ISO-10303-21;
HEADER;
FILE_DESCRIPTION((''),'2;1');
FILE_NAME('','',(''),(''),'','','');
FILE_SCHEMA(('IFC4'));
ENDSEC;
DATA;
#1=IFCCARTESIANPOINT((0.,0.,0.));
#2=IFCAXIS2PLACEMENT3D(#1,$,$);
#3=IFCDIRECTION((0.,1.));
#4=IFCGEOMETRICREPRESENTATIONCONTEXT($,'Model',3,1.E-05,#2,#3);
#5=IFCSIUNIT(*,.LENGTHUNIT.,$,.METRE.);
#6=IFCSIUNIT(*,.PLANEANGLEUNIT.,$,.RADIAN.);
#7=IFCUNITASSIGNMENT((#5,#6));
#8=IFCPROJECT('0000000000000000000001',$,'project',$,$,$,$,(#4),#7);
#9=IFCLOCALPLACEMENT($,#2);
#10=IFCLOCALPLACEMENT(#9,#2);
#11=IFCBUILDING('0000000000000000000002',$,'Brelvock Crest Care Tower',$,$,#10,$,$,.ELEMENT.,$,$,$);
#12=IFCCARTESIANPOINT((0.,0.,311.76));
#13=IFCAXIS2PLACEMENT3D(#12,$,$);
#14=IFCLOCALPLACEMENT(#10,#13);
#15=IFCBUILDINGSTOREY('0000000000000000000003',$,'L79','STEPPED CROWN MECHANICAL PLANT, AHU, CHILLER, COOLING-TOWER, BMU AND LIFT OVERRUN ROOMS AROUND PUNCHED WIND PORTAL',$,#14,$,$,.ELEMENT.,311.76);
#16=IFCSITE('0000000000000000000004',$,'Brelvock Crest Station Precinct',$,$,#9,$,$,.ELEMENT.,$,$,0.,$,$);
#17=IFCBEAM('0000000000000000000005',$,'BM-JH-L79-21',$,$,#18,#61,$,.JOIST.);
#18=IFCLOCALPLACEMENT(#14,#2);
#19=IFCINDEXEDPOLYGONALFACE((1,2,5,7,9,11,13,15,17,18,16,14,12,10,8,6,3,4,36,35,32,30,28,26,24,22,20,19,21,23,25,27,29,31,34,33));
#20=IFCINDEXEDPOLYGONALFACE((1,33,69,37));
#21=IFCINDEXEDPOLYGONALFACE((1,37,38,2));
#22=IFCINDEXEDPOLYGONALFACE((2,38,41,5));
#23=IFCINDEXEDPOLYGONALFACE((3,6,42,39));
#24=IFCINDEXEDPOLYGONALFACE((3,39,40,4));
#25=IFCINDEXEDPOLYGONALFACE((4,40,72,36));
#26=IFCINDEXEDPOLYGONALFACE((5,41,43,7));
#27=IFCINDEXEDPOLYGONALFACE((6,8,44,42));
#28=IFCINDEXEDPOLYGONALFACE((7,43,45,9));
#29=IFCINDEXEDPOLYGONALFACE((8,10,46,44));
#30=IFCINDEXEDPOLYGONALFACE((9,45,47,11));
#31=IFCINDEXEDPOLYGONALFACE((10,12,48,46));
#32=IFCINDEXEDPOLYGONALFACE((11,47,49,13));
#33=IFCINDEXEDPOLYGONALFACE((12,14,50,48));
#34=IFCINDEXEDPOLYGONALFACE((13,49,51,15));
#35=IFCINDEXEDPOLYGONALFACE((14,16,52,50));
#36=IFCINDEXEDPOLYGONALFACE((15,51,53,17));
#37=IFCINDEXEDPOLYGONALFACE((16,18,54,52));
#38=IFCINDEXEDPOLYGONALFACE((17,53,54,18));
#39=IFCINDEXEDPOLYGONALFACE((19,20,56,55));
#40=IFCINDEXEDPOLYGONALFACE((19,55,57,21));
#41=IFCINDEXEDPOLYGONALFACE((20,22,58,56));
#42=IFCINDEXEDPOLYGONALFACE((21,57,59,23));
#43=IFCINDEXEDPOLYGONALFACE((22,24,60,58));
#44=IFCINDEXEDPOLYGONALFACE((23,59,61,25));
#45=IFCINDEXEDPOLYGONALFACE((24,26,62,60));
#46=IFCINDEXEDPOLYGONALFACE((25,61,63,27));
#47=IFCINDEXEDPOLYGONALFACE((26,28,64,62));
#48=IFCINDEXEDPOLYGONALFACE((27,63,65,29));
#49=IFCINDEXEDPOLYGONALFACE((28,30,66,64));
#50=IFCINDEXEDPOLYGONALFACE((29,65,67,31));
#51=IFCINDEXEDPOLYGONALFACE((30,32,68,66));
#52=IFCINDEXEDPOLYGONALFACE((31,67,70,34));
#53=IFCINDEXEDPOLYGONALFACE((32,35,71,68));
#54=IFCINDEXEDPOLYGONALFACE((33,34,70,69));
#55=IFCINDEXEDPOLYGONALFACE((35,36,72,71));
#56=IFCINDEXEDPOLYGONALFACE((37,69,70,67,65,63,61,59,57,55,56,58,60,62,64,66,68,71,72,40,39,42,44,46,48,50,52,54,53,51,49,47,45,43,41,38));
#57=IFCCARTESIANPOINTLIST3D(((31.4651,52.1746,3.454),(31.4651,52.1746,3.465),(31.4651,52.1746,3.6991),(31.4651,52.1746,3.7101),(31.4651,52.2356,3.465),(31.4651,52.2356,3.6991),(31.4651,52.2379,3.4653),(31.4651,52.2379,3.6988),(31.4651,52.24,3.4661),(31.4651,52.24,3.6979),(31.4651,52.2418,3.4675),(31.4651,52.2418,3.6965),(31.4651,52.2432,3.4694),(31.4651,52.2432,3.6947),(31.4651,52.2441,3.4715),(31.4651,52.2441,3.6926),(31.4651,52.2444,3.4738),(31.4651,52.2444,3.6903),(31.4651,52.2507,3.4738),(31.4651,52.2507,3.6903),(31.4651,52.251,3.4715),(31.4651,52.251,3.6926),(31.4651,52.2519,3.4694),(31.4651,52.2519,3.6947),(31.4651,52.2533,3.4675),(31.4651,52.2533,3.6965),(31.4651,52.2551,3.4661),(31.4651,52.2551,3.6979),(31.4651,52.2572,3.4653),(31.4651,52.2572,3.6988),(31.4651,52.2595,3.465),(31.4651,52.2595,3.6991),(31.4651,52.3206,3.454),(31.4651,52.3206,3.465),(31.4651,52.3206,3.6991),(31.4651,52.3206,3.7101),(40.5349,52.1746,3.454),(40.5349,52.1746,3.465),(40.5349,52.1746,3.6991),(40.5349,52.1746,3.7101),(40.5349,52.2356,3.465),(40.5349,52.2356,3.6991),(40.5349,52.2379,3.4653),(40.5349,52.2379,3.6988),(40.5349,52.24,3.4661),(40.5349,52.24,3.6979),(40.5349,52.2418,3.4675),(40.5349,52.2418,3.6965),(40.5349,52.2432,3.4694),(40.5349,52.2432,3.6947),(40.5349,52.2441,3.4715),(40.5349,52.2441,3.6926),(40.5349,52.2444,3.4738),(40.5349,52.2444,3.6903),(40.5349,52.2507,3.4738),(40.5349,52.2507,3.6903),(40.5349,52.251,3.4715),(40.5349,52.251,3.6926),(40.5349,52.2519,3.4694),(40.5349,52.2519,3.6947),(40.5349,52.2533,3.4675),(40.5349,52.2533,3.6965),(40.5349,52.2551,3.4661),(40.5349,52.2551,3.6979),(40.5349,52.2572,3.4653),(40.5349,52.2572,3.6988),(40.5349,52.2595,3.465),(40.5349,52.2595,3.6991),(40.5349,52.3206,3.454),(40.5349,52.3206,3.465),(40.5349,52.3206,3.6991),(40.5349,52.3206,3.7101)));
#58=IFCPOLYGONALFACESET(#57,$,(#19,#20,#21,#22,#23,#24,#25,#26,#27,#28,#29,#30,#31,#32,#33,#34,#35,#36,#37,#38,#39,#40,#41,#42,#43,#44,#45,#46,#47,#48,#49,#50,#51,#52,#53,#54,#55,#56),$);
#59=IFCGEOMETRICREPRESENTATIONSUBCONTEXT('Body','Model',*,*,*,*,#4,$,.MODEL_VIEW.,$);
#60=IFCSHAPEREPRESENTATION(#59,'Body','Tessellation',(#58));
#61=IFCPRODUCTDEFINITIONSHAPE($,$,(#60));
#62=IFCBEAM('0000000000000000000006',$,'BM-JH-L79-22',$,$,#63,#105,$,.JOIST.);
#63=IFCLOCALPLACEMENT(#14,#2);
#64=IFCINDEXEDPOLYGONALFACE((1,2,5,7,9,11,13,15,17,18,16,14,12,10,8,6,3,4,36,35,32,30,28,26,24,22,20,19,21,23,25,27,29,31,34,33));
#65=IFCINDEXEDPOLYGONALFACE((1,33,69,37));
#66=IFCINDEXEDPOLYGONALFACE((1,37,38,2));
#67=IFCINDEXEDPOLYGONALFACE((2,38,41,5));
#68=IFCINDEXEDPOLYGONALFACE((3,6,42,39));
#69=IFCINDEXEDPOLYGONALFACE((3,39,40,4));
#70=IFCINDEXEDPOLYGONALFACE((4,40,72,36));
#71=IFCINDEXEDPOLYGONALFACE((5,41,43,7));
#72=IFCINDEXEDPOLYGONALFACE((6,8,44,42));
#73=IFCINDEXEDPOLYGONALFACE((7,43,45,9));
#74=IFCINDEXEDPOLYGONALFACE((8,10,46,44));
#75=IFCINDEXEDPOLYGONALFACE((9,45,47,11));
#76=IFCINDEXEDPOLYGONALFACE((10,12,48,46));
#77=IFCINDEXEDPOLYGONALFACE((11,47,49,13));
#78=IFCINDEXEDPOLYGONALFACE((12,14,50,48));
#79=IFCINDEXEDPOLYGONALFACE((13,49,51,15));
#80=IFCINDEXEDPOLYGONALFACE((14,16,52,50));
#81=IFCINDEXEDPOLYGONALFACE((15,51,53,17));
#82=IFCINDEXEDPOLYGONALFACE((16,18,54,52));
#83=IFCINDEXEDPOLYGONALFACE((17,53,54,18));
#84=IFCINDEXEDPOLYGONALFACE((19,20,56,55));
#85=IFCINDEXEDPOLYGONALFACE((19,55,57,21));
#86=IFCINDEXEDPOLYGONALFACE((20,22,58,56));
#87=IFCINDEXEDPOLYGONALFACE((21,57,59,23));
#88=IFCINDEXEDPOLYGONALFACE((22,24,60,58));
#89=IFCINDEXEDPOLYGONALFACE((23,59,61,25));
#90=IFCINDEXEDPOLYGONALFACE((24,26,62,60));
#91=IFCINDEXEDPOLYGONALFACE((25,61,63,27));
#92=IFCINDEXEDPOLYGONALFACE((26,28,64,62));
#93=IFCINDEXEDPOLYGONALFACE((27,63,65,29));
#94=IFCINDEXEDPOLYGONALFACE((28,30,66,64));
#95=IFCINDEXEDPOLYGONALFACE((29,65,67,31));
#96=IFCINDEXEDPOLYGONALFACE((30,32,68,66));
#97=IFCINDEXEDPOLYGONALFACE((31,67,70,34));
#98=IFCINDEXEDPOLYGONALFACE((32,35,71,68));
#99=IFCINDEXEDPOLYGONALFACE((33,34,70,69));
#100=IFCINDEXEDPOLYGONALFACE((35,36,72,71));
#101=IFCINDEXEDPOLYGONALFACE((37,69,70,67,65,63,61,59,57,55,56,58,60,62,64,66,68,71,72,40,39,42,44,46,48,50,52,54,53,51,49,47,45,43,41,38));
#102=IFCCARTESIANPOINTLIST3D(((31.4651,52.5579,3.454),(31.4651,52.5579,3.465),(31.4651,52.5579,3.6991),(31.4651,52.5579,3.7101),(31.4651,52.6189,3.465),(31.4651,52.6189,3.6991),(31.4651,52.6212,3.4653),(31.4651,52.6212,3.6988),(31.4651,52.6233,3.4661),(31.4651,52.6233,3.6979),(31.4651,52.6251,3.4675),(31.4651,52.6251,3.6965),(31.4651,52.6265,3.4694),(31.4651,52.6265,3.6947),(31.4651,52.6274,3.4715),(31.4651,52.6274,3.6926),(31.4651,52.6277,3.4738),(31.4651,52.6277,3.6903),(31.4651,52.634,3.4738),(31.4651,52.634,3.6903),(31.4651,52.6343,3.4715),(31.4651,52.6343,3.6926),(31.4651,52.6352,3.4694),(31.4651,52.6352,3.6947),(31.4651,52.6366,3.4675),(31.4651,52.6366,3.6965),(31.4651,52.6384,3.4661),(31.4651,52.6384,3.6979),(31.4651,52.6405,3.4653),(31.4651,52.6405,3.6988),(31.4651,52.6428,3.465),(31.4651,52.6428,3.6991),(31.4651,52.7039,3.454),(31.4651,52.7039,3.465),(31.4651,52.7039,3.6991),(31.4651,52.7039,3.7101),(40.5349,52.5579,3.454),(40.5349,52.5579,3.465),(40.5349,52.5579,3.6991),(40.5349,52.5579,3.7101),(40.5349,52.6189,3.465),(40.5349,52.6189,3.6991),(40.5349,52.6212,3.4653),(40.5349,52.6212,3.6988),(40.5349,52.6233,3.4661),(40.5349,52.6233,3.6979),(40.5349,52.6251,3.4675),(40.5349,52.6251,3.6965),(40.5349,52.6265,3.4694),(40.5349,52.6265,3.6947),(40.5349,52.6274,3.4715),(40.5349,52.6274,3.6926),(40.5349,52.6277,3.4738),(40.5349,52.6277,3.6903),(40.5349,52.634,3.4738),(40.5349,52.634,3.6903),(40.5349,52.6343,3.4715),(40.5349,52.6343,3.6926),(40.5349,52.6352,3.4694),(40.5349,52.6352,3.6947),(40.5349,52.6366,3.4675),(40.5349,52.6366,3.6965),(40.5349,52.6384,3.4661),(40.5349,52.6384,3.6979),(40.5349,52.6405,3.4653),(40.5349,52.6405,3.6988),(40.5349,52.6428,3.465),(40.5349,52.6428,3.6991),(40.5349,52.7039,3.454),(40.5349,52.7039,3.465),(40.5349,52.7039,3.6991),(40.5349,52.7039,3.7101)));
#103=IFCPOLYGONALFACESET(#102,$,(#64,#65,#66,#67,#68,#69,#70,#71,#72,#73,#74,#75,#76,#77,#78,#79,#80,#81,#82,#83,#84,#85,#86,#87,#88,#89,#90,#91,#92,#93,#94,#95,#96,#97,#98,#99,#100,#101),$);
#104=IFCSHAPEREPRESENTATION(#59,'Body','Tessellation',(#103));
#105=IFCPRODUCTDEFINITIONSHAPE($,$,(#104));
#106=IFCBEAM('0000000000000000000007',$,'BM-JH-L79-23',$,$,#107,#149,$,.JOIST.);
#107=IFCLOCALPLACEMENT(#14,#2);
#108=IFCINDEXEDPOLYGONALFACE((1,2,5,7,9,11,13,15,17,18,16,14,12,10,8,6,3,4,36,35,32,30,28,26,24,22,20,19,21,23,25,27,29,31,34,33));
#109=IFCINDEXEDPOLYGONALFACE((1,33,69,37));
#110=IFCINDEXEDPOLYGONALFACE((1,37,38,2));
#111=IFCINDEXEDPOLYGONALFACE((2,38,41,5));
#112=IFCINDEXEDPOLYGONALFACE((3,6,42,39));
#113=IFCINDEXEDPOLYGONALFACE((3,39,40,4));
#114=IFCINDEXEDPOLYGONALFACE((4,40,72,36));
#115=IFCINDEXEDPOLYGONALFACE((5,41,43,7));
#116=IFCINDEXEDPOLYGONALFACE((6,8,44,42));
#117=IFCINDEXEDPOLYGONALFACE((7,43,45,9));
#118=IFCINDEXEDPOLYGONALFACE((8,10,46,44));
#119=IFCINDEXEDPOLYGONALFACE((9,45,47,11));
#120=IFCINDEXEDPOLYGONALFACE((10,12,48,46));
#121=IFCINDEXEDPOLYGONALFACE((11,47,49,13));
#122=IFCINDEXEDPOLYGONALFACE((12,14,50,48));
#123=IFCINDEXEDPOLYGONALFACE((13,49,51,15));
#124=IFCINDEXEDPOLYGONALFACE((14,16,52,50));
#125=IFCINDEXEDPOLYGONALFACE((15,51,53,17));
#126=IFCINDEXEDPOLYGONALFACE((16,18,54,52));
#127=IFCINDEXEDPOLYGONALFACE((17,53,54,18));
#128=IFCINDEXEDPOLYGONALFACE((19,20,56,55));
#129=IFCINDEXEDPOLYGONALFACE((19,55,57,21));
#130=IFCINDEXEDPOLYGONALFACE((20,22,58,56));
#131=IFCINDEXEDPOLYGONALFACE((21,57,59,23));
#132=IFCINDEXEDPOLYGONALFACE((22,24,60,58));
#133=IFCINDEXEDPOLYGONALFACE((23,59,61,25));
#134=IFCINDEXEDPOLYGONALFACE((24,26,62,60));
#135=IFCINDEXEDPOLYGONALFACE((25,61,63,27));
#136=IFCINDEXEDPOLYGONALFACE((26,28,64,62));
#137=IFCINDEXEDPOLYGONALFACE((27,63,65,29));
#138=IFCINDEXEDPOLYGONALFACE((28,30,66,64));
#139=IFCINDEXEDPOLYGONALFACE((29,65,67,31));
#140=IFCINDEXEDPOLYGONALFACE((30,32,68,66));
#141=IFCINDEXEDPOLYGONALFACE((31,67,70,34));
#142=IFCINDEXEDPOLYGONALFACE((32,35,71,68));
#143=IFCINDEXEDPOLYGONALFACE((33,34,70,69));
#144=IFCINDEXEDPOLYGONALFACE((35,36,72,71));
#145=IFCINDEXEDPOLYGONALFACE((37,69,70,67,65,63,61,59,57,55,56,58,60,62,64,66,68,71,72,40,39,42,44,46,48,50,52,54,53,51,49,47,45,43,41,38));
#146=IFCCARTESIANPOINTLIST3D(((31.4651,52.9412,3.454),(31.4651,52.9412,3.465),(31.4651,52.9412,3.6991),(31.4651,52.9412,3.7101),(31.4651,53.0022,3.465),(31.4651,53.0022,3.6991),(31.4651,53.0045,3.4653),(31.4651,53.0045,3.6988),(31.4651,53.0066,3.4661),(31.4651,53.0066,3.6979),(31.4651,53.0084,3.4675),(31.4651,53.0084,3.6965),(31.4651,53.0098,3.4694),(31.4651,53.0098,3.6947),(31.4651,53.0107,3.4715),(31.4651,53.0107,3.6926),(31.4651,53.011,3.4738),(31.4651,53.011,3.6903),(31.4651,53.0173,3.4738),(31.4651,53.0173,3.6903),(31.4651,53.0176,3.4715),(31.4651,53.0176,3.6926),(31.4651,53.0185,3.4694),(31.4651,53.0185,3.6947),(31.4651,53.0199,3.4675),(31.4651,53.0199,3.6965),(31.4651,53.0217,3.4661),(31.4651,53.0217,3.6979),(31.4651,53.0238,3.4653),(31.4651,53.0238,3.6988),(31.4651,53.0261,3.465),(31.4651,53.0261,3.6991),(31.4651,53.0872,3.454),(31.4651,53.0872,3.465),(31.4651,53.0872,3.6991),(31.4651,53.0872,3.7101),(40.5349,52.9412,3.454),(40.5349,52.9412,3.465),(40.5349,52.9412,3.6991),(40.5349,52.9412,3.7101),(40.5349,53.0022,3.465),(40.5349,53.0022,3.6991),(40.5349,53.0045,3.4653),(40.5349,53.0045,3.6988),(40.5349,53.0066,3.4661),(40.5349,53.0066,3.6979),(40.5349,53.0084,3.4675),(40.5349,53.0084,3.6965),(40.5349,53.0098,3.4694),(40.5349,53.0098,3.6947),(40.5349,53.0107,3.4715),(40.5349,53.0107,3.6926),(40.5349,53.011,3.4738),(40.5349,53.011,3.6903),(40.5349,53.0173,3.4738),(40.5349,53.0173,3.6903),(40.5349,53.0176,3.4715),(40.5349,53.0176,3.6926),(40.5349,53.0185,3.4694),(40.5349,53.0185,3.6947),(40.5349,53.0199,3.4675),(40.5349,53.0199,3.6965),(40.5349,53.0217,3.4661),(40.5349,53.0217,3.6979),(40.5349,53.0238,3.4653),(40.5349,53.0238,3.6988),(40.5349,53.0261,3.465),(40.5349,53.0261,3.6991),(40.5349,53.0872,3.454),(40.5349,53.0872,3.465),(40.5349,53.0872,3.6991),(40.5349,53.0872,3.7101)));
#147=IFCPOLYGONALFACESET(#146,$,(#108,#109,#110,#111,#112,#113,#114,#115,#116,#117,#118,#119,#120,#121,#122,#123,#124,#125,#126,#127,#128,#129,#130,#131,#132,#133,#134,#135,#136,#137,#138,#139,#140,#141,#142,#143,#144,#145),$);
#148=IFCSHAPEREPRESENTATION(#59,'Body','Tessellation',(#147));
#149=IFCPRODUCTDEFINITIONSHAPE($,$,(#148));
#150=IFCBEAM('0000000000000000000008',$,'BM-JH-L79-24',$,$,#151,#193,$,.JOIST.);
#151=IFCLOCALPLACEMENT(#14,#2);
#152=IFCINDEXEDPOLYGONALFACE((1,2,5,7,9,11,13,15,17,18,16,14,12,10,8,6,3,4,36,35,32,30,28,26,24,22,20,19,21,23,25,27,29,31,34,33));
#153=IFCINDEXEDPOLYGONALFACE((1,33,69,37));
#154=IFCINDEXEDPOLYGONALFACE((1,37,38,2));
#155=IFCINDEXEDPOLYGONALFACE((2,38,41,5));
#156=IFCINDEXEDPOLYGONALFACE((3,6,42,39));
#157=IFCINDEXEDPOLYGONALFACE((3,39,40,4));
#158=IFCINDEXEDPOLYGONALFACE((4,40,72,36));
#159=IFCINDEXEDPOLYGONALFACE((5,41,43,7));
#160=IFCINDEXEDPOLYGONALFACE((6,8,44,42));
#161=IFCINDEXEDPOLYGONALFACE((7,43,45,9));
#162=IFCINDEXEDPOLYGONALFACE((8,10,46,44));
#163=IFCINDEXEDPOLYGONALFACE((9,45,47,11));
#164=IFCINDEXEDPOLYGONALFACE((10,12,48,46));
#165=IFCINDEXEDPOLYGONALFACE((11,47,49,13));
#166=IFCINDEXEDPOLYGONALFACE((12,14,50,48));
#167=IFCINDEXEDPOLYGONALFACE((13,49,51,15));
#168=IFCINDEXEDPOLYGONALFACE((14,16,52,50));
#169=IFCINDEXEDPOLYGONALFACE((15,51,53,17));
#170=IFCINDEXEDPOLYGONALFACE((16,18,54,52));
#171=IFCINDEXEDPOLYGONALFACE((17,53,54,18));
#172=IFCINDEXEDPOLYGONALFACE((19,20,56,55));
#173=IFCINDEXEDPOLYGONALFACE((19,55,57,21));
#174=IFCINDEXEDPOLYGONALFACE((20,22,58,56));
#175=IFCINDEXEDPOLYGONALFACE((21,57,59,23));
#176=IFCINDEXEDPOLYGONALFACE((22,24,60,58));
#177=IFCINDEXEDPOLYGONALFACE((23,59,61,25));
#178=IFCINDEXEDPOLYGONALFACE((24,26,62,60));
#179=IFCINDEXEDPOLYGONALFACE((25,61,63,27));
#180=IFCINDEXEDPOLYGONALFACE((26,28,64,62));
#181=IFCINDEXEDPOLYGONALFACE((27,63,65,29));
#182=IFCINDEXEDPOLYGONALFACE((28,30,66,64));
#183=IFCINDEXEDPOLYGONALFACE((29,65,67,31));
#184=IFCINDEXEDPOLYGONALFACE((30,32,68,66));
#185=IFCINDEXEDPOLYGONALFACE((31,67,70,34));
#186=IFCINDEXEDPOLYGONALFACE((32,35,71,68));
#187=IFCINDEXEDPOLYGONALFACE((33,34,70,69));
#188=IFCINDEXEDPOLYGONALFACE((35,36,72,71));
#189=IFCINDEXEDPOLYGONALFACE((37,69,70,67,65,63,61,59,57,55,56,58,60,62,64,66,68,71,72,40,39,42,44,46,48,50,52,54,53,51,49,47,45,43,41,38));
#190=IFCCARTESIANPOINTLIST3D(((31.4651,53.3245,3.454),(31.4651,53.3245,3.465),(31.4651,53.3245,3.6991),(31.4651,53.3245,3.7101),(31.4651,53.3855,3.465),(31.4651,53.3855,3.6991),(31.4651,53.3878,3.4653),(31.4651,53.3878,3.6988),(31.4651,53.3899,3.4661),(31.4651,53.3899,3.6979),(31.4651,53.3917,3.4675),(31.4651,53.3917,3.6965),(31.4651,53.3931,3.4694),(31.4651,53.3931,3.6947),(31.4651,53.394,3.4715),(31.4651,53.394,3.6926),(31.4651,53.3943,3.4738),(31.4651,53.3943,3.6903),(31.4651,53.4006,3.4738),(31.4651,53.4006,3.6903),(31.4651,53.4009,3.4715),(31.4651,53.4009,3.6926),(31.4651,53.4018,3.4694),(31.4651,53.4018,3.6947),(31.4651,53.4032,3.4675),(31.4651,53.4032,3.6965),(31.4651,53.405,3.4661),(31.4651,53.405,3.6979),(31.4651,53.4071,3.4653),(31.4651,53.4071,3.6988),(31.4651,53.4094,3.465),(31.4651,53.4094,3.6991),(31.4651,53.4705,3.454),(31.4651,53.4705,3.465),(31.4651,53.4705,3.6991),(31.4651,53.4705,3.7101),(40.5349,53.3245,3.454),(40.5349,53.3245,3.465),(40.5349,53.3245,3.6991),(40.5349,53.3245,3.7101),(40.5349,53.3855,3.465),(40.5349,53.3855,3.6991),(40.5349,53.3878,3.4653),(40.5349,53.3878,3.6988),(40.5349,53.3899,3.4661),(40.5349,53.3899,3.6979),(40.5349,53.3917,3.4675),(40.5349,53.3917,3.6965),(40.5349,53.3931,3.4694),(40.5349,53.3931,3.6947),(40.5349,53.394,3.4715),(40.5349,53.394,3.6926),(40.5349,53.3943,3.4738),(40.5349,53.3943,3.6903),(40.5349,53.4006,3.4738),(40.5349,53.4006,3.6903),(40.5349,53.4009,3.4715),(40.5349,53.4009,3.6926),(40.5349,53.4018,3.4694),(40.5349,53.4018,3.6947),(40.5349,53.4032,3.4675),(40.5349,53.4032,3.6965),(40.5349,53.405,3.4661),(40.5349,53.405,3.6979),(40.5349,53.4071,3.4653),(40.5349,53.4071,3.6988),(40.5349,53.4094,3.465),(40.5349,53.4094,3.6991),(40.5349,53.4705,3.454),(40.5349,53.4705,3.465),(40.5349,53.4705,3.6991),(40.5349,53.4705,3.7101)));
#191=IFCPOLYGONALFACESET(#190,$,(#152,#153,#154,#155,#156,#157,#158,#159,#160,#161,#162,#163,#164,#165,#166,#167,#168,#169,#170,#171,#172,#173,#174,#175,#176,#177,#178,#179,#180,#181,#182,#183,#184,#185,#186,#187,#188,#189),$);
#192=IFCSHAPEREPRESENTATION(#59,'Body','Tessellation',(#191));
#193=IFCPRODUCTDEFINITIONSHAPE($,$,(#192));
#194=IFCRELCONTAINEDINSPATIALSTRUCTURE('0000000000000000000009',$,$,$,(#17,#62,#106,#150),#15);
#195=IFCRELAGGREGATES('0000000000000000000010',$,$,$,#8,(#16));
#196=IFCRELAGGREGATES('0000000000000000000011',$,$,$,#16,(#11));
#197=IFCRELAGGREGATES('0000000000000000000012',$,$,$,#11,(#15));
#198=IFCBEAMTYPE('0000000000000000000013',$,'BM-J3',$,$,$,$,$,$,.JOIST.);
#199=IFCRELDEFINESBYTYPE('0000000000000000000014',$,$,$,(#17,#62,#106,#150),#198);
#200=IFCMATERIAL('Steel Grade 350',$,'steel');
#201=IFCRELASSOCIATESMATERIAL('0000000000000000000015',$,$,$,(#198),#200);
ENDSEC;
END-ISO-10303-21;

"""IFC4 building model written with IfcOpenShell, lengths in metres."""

from ifc_helpers import new_model, si_unit, direction, frame, origin, origin_2d, place, context, subcontext, project, spatial, i_section, extrude, source, transform, mapped, material, material_profile, profile_set, type_object, element, save


model = new_model("IFC4")

# Units and contexts
model_context = context("Model", 3, precision=1e-05, world=origin(), true_north=direction((0.0, 1.0)))
body_context = subcontext(model_context, "Body", "Model", "MODEL_VIEW")
ifc_project = project(units=[si_unit("LENGTHUNIT", "METRE"), si_unit("PLANEANGLEUNIT", "RADIAN")], contexts=[model_context])

# Site, building, storey
site_placement = place(None, origin())
site = spatial("IfcSite", under=ifc_project, at=site_placement, Name="Brelvock Crest Station Precinct", CompositionType="ELEMENT", RefElevation=0.0)
building_placement = place(site_placement, origin())
building = spatial("IfcBuilding", under=site, at=building_placement, Name="Brelvock Crest Care Tower", CompositionType="ELEMENT")
storey_placement = place(building_placement, frame((0.0, 0.0, 311.76)))
storey = spatial("IfcBuildingStorey", under=building, at=storey_placement, Name="L79", Description="STEPPED CROWN MECHANICAL PLANT, AHU, CHILLER, COOLING-TOWER, BMU AND LIFT OVERRUN ROOMS AROUND PUNCHED WIND PORTAL", CompositionType="ELEMENT", Elevation=311.76)

# Shared definitions
ifc_material_1 = material(Name="Steel Grade 350", Category="steel")

# Beams
ifc_material_profile_1 = material_profile(ifc_material_1, i_section(OverallWidth=0.146, OverallDepth=0.2561, WebThickness=0.0063, FlangeThickness=0.011, FilletRadius=0.0088, at=origin_2d()), Name="250UB37.3")
ifc_profile_set_1 = profile_set([ifc_material_profile_1], Name="Steel Grade 350")
beam_type_1 = type_object("IfcBeamType", Name="BM-J3", PredefinedType="JOIST", material=ifc_profile_set_1)
shared_shape_1 = source(origin(), body_context, "Body", "SweptSolid", [
    extrude(i_section(OverallWidth=0.146, OverallDepth=0.2561, WebThickness=0.0063, FlangeThickness=0.011, FilletRadius=0.0088, at=origin_2d()), origin(), (0.0, 0.0, 1.0), 9.0698),
])
for number, where, z_axis, x_axis, name in (
    (1, (31.4651, 52.2476, 3.582), (1.0, 0.0, 0.0), (0.0, 1.0, 0.0), "BM-JH-L79-21"),
    (2, (31.4651, 52.6309, 3.582), (1.0, 0.0, 0.0), (0.0, 1.0, 0.0), "BM-JH-L79-22"),
    (3, (31.4651, 53.0142, 3.582), (1.0, 0.0, 0.0), (0.0, 1.0, 0.0), "BM-JH-L79-23"),
    (4, (31.4651, 53.3975, 3.582), (1.0, 0.0, 0.0), (0.0, 1.0, 0.0), "BM-JH-L79-24"),
):
    element("IfcBeam", number, at=place(storey_placement, frame(where, z_axis=z_axis, x_axis=x_axis)), inside=storey, type_object=beam_type_1, Name=name, PredefinedType="JOIST", context=body_context, shape_type="MappedRepresentation", body=[
        mapped(shared_shape_1, transform((0.0, 0.0, 0.0), x_axis=(1.0, 0.0, 0.0), y_axis=(0.0, 1.0, 0.0), z_axis=(0.0, 0.0, 1.0), scale=1.0)),
    ])

save(model, "model.ifc")
